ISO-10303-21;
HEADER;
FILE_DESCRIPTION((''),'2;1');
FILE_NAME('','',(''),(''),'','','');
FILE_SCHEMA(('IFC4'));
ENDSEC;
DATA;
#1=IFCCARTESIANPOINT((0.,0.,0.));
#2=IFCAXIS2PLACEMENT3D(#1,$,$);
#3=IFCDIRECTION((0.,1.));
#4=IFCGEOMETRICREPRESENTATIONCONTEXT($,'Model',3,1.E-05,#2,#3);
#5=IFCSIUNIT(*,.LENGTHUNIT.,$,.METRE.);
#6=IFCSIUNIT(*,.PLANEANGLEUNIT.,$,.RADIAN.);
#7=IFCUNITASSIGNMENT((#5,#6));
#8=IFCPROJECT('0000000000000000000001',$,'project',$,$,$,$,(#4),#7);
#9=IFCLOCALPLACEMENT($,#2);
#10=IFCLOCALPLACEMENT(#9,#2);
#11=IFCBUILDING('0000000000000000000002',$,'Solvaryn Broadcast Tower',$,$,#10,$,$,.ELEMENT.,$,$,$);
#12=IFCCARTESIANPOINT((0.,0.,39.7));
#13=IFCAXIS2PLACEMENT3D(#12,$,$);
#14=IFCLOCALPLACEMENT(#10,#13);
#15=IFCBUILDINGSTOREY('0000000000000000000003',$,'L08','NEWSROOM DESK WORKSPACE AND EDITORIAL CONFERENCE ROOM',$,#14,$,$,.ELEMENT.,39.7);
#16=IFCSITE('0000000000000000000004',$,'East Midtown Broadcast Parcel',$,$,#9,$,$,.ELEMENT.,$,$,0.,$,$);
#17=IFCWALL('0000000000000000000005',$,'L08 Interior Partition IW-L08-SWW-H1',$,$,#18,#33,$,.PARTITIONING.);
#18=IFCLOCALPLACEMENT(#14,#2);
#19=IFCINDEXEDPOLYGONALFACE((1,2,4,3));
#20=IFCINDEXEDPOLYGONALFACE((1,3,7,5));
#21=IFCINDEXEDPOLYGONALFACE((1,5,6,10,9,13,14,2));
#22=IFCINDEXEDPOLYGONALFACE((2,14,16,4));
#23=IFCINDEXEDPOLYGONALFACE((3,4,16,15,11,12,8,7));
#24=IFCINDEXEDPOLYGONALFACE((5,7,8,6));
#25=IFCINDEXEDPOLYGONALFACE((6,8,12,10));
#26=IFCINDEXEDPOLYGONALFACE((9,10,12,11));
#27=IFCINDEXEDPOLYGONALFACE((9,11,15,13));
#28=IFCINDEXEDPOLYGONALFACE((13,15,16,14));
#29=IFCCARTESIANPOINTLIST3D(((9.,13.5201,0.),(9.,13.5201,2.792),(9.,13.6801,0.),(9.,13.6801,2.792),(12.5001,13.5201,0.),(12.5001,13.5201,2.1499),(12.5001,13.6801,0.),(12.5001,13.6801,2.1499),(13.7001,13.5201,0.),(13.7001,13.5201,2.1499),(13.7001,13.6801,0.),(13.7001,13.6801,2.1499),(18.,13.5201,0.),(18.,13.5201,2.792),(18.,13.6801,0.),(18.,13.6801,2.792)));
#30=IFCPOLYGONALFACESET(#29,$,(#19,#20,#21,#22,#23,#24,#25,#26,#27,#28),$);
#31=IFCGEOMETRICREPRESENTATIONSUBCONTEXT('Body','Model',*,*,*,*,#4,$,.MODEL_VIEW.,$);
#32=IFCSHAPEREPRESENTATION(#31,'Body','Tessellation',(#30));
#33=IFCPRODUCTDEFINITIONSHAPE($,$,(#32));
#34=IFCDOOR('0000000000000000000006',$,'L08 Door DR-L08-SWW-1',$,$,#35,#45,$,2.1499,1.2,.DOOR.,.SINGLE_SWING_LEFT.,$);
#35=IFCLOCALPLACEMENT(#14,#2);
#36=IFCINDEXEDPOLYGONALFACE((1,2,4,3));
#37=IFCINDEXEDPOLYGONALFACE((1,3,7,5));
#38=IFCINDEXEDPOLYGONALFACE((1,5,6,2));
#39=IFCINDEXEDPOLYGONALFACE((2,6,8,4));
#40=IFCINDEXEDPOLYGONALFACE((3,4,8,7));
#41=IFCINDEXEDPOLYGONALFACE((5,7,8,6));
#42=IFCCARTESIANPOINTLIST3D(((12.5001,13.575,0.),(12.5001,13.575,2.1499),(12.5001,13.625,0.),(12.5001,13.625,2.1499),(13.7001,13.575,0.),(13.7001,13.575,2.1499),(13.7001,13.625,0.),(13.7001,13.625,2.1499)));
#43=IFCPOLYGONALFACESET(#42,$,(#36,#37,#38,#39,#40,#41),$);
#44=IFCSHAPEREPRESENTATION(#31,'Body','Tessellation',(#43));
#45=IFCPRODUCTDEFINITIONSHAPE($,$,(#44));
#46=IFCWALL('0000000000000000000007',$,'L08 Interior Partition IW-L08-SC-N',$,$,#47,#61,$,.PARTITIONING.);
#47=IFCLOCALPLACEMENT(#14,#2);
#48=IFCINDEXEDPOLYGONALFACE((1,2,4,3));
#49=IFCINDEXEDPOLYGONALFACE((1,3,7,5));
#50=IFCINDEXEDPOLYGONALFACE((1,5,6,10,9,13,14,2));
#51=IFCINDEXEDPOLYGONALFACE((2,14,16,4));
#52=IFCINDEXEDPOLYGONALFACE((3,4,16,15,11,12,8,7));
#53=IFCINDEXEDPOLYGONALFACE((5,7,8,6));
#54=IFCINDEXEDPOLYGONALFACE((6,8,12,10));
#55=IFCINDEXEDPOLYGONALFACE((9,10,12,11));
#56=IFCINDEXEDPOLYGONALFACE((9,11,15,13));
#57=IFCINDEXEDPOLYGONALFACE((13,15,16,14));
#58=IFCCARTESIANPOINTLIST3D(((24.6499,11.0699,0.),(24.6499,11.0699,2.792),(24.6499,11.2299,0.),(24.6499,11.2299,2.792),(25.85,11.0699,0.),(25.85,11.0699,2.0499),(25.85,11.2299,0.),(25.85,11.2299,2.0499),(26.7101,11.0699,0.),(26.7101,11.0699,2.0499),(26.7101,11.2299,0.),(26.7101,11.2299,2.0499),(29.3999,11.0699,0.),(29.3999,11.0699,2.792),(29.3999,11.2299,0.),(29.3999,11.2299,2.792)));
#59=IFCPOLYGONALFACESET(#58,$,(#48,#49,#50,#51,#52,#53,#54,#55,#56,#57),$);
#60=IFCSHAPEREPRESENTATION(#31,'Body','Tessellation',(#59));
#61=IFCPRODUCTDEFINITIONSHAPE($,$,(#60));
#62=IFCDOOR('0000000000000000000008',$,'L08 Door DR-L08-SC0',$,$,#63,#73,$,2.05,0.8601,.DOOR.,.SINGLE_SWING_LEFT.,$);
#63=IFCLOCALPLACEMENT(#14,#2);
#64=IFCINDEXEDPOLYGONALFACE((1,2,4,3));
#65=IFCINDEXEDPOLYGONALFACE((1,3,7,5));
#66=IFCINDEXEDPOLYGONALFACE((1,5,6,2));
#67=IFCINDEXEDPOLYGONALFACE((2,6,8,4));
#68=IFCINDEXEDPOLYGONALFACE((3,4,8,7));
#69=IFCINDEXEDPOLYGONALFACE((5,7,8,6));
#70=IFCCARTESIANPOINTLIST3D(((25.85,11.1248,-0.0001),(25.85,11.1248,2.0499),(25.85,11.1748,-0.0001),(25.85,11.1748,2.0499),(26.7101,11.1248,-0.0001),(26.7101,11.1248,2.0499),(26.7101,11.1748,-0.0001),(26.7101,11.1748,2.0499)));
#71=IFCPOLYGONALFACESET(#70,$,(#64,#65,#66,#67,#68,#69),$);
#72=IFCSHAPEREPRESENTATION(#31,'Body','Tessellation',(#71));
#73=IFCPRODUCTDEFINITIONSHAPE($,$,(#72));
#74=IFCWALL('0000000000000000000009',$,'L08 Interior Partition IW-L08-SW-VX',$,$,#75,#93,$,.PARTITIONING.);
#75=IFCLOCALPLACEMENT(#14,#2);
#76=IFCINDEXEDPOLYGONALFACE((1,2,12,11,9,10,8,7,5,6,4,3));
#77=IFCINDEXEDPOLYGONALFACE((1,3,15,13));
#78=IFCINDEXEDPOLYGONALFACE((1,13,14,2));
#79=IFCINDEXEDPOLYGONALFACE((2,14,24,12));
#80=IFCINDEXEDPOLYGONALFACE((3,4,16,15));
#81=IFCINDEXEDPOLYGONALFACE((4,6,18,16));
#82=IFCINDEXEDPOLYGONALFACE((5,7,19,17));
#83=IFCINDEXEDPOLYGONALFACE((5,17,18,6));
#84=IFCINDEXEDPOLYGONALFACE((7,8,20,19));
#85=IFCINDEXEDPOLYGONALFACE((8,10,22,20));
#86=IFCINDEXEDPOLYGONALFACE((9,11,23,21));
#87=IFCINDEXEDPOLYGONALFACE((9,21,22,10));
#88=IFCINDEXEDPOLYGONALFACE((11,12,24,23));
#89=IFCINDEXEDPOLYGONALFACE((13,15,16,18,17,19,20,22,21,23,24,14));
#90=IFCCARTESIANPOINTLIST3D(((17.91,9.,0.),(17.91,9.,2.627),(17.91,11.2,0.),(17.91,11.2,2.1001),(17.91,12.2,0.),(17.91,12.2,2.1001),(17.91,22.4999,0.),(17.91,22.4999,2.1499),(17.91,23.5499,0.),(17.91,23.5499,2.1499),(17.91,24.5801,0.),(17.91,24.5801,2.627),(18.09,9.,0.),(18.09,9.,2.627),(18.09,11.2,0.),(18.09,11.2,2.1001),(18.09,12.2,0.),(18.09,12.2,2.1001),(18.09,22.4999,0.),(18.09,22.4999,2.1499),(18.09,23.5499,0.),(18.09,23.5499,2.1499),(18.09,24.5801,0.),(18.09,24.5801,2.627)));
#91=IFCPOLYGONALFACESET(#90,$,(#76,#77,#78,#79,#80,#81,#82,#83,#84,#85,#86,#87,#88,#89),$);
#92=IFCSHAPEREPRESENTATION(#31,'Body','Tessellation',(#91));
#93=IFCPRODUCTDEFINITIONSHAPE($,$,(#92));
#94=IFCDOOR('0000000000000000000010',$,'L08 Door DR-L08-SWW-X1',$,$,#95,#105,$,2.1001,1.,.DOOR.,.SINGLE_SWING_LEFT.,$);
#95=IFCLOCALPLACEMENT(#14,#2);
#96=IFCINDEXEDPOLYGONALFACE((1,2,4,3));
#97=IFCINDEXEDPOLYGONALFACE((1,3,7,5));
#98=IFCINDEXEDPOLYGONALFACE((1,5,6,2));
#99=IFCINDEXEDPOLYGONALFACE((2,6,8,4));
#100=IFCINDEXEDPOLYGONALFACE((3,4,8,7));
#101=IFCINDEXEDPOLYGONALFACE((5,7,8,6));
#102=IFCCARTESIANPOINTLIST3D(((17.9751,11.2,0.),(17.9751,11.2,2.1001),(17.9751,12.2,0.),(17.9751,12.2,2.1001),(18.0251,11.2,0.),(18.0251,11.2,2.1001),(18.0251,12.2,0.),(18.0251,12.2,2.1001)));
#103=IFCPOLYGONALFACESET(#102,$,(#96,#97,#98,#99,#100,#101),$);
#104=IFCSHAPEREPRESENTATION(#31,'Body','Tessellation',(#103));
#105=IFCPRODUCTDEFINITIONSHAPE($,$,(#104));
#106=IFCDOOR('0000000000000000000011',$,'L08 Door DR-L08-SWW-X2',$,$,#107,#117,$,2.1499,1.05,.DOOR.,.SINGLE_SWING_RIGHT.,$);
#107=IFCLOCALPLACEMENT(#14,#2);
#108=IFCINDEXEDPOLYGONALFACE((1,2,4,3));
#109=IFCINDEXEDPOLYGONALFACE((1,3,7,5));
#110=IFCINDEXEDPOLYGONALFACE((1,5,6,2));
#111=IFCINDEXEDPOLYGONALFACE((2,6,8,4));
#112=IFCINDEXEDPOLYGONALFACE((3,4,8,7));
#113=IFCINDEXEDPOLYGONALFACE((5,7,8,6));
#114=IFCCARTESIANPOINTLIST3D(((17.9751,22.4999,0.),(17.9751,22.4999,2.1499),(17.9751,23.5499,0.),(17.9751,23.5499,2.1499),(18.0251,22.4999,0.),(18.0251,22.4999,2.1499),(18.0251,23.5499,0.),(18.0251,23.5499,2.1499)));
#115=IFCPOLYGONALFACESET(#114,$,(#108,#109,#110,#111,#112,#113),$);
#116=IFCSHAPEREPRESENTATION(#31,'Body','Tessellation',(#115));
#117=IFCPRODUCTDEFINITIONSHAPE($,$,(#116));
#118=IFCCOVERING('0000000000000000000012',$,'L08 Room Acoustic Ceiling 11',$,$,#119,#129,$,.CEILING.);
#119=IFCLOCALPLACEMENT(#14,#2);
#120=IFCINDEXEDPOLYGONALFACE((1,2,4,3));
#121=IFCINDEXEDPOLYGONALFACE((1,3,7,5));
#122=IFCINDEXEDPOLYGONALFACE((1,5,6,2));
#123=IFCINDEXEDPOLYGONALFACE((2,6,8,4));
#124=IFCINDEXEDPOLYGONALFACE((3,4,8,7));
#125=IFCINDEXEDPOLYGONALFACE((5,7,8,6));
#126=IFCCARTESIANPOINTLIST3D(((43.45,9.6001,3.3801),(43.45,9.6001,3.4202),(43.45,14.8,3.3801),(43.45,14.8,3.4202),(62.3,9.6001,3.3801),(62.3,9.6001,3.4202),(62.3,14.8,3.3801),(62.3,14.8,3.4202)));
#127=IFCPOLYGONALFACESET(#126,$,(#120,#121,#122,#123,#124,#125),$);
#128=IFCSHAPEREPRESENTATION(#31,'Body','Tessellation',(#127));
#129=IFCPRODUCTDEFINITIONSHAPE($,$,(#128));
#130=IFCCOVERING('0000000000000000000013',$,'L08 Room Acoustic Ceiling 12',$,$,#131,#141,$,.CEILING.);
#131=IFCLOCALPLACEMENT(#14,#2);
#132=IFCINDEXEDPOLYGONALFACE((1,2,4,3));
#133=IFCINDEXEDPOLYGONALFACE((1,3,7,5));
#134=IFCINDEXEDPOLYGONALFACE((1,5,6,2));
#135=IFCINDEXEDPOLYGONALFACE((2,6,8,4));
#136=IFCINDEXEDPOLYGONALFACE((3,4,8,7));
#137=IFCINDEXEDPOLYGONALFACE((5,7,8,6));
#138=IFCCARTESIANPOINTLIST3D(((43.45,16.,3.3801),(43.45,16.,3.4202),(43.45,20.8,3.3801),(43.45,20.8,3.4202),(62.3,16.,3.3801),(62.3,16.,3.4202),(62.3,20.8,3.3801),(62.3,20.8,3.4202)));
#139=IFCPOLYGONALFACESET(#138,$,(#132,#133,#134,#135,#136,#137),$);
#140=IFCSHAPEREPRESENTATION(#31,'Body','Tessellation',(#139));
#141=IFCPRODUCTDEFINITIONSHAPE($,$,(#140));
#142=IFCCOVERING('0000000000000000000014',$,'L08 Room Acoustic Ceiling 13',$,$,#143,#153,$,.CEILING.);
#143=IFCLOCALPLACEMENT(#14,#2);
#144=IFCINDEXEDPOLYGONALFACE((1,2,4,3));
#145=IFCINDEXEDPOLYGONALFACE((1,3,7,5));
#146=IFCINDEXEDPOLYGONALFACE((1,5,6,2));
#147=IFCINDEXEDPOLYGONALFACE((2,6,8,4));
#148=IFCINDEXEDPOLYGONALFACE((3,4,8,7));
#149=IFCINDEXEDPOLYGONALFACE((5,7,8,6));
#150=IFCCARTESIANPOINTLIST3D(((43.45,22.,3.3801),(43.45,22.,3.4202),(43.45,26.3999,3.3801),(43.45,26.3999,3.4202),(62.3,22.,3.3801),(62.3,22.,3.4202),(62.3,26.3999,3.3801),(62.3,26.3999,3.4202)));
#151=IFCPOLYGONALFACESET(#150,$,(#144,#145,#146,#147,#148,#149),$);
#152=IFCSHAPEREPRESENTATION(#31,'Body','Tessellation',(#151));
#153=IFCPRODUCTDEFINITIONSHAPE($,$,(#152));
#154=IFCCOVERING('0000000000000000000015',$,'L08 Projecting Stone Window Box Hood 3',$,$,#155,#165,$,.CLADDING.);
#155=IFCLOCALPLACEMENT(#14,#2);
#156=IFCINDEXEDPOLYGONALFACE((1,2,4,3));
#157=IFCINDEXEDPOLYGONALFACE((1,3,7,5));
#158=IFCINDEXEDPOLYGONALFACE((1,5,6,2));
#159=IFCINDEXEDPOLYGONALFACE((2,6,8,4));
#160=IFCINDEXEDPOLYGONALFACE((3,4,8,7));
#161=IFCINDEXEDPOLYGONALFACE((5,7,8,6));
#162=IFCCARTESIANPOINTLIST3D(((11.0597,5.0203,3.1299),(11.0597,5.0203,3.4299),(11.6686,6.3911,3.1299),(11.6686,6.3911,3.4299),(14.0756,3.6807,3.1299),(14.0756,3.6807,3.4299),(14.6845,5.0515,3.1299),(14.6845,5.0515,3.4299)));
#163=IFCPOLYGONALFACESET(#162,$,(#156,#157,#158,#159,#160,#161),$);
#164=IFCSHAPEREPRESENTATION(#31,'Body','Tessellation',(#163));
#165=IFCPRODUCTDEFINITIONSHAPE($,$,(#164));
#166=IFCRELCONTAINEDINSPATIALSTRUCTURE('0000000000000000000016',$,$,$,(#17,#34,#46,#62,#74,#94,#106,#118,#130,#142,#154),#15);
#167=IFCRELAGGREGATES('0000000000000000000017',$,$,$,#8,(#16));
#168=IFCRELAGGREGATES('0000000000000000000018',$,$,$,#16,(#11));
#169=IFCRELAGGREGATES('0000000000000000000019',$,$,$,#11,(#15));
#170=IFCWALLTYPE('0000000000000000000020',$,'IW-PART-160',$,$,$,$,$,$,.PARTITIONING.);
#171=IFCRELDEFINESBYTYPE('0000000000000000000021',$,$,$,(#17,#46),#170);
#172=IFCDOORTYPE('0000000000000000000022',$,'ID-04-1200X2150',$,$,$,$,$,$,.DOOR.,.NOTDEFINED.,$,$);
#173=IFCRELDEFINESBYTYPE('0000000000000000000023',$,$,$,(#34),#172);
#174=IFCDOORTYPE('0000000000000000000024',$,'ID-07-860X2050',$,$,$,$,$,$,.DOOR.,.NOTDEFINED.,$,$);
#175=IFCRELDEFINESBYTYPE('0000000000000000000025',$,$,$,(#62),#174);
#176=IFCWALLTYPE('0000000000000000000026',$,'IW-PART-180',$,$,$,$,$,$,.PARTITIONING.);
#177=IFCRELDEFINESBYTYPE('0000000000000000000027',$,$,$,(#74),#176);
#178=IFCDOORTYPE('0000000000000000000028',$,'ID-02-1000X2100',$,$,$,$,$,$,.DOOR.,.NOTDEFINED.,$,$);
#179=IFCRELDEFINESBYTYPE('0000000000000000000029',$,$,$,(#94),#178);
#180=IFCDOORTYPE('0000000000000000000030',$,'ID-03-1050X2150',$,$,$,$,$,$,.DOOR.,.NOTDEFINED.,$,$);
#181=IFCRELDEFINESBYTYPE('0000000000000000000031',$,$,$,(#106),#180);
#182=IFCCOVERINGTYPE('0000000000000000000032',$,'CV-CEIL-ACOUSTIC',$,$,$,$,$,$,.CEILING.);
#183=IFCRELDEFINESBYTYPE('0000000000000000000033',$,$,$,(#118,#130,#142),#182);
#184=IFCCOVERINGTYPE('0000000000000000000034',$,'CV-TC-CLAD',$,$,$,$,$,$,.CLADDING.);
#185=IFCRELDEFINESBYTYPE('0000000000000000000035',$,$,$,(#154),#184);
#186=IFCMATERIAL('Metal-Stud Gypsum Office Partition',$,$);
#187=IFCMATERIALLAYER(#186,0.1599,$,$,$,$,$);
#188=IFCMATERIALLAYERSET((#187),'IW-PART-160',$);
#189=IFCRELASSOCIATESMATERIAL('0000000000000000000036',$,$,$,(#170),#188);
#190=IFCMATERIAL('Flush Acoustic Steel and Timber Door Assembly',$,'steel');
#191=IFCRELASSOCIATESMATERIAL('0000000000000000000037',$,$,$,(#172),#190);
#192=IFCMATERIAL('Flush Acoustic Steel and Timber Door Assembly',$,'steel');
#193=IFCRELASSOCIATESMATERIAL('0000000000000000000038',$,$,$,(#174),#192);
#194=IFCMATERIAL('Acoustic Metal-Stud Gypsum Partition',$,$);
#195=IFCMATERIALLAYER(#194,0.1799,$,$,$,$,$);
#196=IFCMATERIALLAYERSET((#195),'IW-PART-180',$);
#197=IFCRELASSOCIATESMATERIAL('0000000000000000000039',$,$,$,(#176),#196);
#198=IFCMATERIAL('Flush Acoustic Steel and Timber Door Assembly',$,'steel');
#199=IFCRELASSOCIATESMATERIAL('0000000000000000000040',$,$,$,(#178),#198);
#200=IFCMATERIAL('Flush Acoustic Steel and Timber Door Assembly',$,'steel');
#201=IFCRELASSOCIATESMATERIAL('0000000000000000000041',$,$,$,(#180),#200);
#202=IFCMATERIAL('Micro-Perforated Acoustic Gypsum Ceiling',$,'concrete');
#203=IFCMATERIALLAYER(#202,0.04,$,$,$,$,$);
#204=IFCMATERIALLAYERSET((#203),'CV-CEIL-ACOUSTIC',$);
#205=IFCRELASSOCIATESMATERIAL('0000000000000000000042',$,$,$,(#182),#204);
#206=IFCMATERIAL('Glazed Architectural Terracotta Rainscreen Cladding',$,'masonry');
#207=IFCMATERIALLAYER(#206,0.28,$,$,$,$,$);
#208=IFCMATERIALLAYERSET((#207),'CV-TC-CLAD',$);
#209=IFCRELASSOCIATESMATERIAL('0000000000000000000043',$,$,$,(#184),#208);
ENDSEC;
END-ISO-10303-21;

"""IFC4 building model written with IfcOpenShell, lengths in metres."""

from ifc_helpers import new_model, si_unit, direction, frame, frame_2d, origin, origin_2d, place, context, subcontext, project, spatial, polyline, rectangle, outline, extrude, material, layer, layer_set, type_object, element, fill, save


model = new_model("IFC4")

# Units and contexts
model_context = context("Model", 3, precision=1e-05, world=origin(), true_north=direction((0.0, 1.0)))
body_context = subcontext(model_context, "Body", "Model", "MODEL_VIEW")
ifc_project = project(units=[si_unit("LENGTHUNIT", "METRE"), si_unit("PLANEANGLEUNIT", "RADIAN")], contexts=[model_context])

# Site, building, storey
site_placement = place(None, origin())
site = spatial("IfcSite", under=ifc_project, at=site_placement, Name="East Midtown Broadcast Parcel", CompositionType="ELEMENT", RefElevation=0.0)
building_placement = place(site_placement, origin())
building = spatial("IfcBuilding", under=site, at=building_placement, Name="Solvaryn Broadcast Tower", CompositionType="ELEMENT")
storey_placement = place(building_placement, frame((0.0, 0.0, 39.7)))
storey = spatial("IfcBuildingStorey", under=building, at=storey_placement, Name="L08", Description="NEWSROOM DESK WORKSPACE AND EDITORIAL CONFERENCE ROOM", CompositionType="ELEMENT", Elevation=39.7)

# Shared definitions
ifc_material_1 = material(Name="Metal-Stud Gypsum Office Partition")
ifc_layer_1 = layer(ifc_material_1, 0.1599)
ifc_layer_set_1 = layer_set([ifc_layer_1], Name="IW-PART-160")
wall_type_1 = type_object("IfcWallType", Name="IW-PART-160", PredefinedType="PARTITIONING", material=ifc_layer_set_1)
ifc_material_2 = material(Name="Flush Acoustic Steel and Timber Door Assembly", Category="steel")
door_type_1 = type_object("IfcDoorType", Name="ID-04-1200X2150", OperationType="NOTDEFINED", PredefinedType="DOOR", material=ifc_material_2)
ifc_material_3 = material(Name="Flush Acoustic Steel and Timber Door Assembly", Category="steel")
door_type_2 = type_object("IfcDoorType", Name="ID-07-860X2050", OperationType="NOTDEFINED", PredefinedType="DOOR", material=ifc_material_3)

# Walls, openings, doors
wall_1_placement = place(storey_placement, frame((9.0, 13.6001, 0.0), z_axis=(0.0, 0.0, 1.0), x_axis=(1.0, 0.0, 0.0)))
wall_1 = element("IfcWall", 1, at=wall_1_placement, inside=storey, type_object=wall_type_1, Name="L08 Interior Partition IW-L08-SWW-H1", PredefinedType="PARTITIONING", context=body_context, shape_type="SweptSolid", body=[
    extrude(rectangle(XDim=9.0, YDim=0.1599, at=frame_2d((4.5, 0.0))), origin(), (0.0, 0.0, 1.0), 2.792),
])
opening_1_placement = place(wall_1_placement, frame((3.5, 0.0, 0.0)))
opening_1 = element("IfcOpeningElement", 2, at=opening_1_placement, cuts=wall_1, PredefinedType="OPENING", context=body_context, shape_type="SweptSolid", body=[
    extrude(rectangle(XDim=1.2, YDim=2.1499, at=frame_2d((0.6001, 1.075))), frame((0.0, 0.0901, 0.0), z_axis=(0.0, -1.0, 0.0), x_axis=(1.0, 0.0, 0.0)), (0.0, 0.0, 1.0), 0.1799),
])
door_1_placement = place(opening_1_placement, origin())
door_1 = element("IfcDoor", 3, at=door_1_placement, inside=storey, type_object=door_type_1, Name="L08 Door DR-L08-SWW-1", OperationType="SINGLE_SWING_LEFT", OverallHeight=2.1499, OverallWidth=1.2, PredefinedType="DOOR", context=body_context, shape_type="SweptSolid", body=[
    extrude(rectangle(XDim=1.2, YDim=2.1499, at=frame_2d((0.6001, 1.075))), frame((0.0, 0.0249, 0.0), z_axis=(0.0, -1.0, 0.0), x_axis=(1.0, 0.0, 0.0)), (0.0, 0.0, 1.0), 0.05),
])
fill(opening_1, door_1)
wall_2_placement = place(storey_placement, frame((24.6499, 11.1499, 0.0), z_axis=(0.0, 0.0, 1.0), x_axis=(1.0, 0.0, 0.0)))
wall_2 = element("IfcWall", 4, at=wall_2_placement, inside=storey, type_object=wall_type_1, Name="L08 Interior Partition IW-L08-SC-N", PredefinedType="PARTITIONING", context=body_context, shape_type="SweptSolid", body=[
    extrude(rectangle(XDim=4.75, YDim=0.1599, at=frame_2d((2.375, 0.0))), origin(), (0.0, 0.0, 1.0), 2.792),
])
opening_2_placement = place(wall_2_placement, frame((1.2, 0.0, 0.0)))
opening_2 = element("IfcOpeningElement", 5, at=opening_2_placement, cuts=wall_2, PredefinedType="OPENING", context=body_context, shape_type="SweptSolid", body=[
    extrude(rectangle(XDim=0.8601, YDim=2.05, at=frame_2d((0.4302, 1.0249))), frame((0.0, 0.0901, 0.0), z_axis=(0.0, -1.0, 0.0), x_axis=(1.0, 0.0, 0.0)), (0.0, 0.0, 1.0), 0.1799),
])
door_2_placement = place(opening_2_placement, origin())
door_2 = element("IfcDoor", 6, at=door_2_placement, inside=storey, type_object=door_type_2, Name="L08 Door DR-L08-SC0", OperationType="SINGLE_SWING_LEFT", OverallHeight=2.05, OverallWidth=0.8601, PredefinedType="DOOR", context=body_context, shape_type="SweptSolid", body=[
    extrude(rectangle(XDim=0.8601, YDim=2.05, at=frame_2d((0.4302, 1.0249))), frame((0.0, 0.0249, 0.0), z_axis=(0.0, -1.0, 0.0), x_axis=(1.0, 0.0, 0.0)), (0.0, 0.0, 1.0), 0.05),
])
fill(opening_2, door_2)

# Wall, openings, doors
ifc_material_4 = material(Name="Acoustic Metal-Stud Gypsum Partition")
ifc_layer_2 = layer(ifc_material_4, 0.1799)
ifc_layer_set_2 = layer_set([ifc_layer_2], Name="IW-PART-180")
wall_type_2 = type_object("IfcWallType", Name="IW-PART-180", PredefinedType="PARTITIONING", material=ifc_layer_set_2)
wall_3_placement = place(storey_placement, frame((18.0, 9.0, 0.0), z_axis=(0.0, 0.0, 1.0), x_axis=(0.0, 1.0, 0.0)))
wall_3 = element("IfcWall", 7, at=wall_3_placement, inside=storey, type_object=wall_type_2, Name="L08 Interior Partition IW-L08-SW-VX", PredefinedType="PARTITIONING", context=body_context, shape_type="SweptSolid", body=[
    extrude(rectangle(XDim=15.5801, YDim=0.1799, at=frame_2d((7.79, 0.0))), origin(), (0.0, 0.0, 1.0), 2.627),
])
opening_3_placement = place(wall_3_placement, frame((2.2, 0.0, 0.0)))
opening_3 = element("IfcOpeningElement", 8, at=opening_3_placement, cuts=wall_3, PredefinedType="OPENING", context=body_context, shape_type="SweptSolid", body=[
    extrude(rectangle(XDim=1.0, YDim=2.1001, at=frame_2d((0.5, 1.05))), frame((0.0, 0.0999, 0.0), z_axis=(0.0, -1.0, 0.0), x_axis=(1.0, 0.0, 0.0)), (0.0, 0.0, 1.0), 0.2),
])
opening_4_placement = place(wall_3_placement, frame((13.5, 0.0, 0.0)))
opening_4 = element("IfcOpeningElement", 9, at=opening_4_placement, cuts=wall_3, PredefinedType="OPENING", context=body_context, shape_type="SweptSolid", body=[
    extrude(rectangle(XDim=1.05, YDim=2.1499, at=frame_2d((0.5249, 1.075))), frame((0.0, 0.0999, 0.0), z_axis=(0.0, -1.0, 0.0), x_axis=(1.0, 0.0, 0.0)), (0.0, 0.0, 1.0), 0.2),
])
ifc_material_5 = material(Name="Flush Acoustic Steel and Timber Door Assembly", Category="steel")
door_type_3 = type_object("IfcDoorType", Name="ID-02-1000X2100", OperationType="NOTDEFINED", PredefinedType="DOOR", material=ifc_material_5)
door_3_placement = place(opening_3_placement, origin())
door_3 = element("IfcDoor", 10, at=door_3_placement, inside=storey, type_object=door_type_3, Name="L08 Door DR-L08-SWW-X1", OperationType="SINGLE_SWING_LEFT", OverallHeight=2.1001, OverallWidth=1.0, PredefinedType="DOOR", context=body_context, shape_type="SweptSolid", body=[
    extrude(rectangle(XDim=1.0, YDim=2.1001, at=frame_2d((0.5, 1.05))), frame((0.0, 0.0249, 0.0), z_axis=(0.0, -1.0, 0.0), x_axis=(1.0, 0.0, 0.0)), (0.0, 0.0, 1.0), 0.05),
])
fill(opening_3, door_3)
ifc_material_6 = material(Name="Flush Acoustic Steel and Timber Door Assembly", Category="steel")
door_type_4 = type_object("IfcDoorType", Name="ID-03-1050X2150", OperationType="NOTDEFINED", PredefinedType="DOOR", material=ifc_material_6)
door_4_placement = place(opening_4_placement, origin())
door_4 = element("IfcDoor", 11, at=door_4_placement, inside=storey, type_object=door_type_4, Name="L08 Door DR-L08-SWW-X2", OperationType="SINGLE_SWING_RIGHT", OverallHeight=2.1499, OverallWidth=1.05, PredefinedType="DOOR", context=body_context, shape_type="SweptSolid", body=[
    extrude(rectangle(XDim=1.05, YDim=2.1499, at=frame_2d((0.5249, 1.075))), frame((0.0, 0.0249, 0.0), z_axis=(0.0, -1.0, 0.0), x_axis=(1.0, 0.0, 0.0)), (0.0, 0.0, 1.0), 0.05),
])
fill(opening_4, door_4)

# Coverings
ifc_material_7 = material(Name="Micro-Perforated Acoustic Gypsum Ceiling", Category="concrete")
ifc_layer_3 = layer(ifc_material_7, 0.04)
ifc_layer_set_3 = layer_set([ifc_layer_3], Name="CV-CEIL-ACOUSTIC")
covering_type_1 = type_object("IfcCoveringType", Name="CV-CEIL-ACOUSTIC", PredefinedType="CEILING", material=ifc_layer_set_3)
covering_1_placement = place(storey_placement, frame((0.0, 0.0, 3.3801)))
element("IfcCovering", 12, at=covering_1_placement, inside=storey, type_object=covering_type_1, Name="L08 Room Acoustic Ceiling 11", PredefinedType="CEILING", context=body_context, shape_type="SweptSolid", body=[
    extrude(outline(polyline([(43.45, 9.6001), (62.3, 9.6001), (62.3, 14.8), (43.45, 14.8), (43.45, 9.6001)])), origin(), (0.0, 0.0, 1.0), 0.04),
])
covering_2_placement = place(storey_placement, frame((0.0, 0.0, 3.3801)))
element("IfcCovering", 13, at=covering_2_placement, inside=storey, type_object=covering_type_1, Name="L08 Room Acoustic Ceiling 12", PredefinedType="CEILING", context=body_context, shape_type="SweptSolid", body=[
    extrude(outline(polyline([(43.45, 16.0), (62.3, 16.0), (62.3, 20.8), (43.45, 20.8), (43.45, 16.0)])), origin(), (0.0, 0.0, 1.0), 0.04),
])
covering_3_placement = place(storey_placement, frame((0.0, 0.0, 3.3801)))
element("IfcCovering", 14, at=covering_3_placement, inside=storey, type_object=covering_type_1, Name="L08 Room Acoustic Ceiling 13", PredefinedType="CEILING", context=body_context, shape_type="SweptSolid", body=[
    extrude(outline(polyline([(43.45, 22.0), (62.3, 22.0), (62.3, 26.3999), (43.45, 26.3999), (43.45, 22.0)])), origin(), (0.0, 0.0, 1.0), 0.04),
])
ifc_material_8 = material(Name="Glazed Architectural Terracotta Rainscreen Cladding", Category="masonry")
ifc_layer_4 = layer(ifc_material_8, 0.28)
ifc_layer_set_4 = layer_set([ifc_layer_4], Name="CV-TC-CLAD")
covering_type_2 = type_object("IfcCoveringType", Name="CV-TC-CLAD", PredefinedType="CLADDING", material=ifc_layer_set_4)
for number, where, z_axis, x_axis, name in (
    (15, (12.8721, 5.0359, 3.1299), (0.0, 0.0, 1.0), (0.9139, -0.405939, 0.0), "L08 Projecting Stone Window Box Hood 3"),
):
    element("IfcCovering", number, at=place(storey_placement, frame(where, z_axis=z_axis, x_axis=x_axis)), inside=storey, type_object=covering_type_2, Name=name, PredefinedType="CLADDING", context=body_context, shape_type="SweptSolid", body=[
        extrude(rectangle(XDim=3.3, YDim=1.5, at=origin_2d()), origin(), (0.0, 0.0, 1.0), 0.3),
    ])

save(model, "model.ifc")
